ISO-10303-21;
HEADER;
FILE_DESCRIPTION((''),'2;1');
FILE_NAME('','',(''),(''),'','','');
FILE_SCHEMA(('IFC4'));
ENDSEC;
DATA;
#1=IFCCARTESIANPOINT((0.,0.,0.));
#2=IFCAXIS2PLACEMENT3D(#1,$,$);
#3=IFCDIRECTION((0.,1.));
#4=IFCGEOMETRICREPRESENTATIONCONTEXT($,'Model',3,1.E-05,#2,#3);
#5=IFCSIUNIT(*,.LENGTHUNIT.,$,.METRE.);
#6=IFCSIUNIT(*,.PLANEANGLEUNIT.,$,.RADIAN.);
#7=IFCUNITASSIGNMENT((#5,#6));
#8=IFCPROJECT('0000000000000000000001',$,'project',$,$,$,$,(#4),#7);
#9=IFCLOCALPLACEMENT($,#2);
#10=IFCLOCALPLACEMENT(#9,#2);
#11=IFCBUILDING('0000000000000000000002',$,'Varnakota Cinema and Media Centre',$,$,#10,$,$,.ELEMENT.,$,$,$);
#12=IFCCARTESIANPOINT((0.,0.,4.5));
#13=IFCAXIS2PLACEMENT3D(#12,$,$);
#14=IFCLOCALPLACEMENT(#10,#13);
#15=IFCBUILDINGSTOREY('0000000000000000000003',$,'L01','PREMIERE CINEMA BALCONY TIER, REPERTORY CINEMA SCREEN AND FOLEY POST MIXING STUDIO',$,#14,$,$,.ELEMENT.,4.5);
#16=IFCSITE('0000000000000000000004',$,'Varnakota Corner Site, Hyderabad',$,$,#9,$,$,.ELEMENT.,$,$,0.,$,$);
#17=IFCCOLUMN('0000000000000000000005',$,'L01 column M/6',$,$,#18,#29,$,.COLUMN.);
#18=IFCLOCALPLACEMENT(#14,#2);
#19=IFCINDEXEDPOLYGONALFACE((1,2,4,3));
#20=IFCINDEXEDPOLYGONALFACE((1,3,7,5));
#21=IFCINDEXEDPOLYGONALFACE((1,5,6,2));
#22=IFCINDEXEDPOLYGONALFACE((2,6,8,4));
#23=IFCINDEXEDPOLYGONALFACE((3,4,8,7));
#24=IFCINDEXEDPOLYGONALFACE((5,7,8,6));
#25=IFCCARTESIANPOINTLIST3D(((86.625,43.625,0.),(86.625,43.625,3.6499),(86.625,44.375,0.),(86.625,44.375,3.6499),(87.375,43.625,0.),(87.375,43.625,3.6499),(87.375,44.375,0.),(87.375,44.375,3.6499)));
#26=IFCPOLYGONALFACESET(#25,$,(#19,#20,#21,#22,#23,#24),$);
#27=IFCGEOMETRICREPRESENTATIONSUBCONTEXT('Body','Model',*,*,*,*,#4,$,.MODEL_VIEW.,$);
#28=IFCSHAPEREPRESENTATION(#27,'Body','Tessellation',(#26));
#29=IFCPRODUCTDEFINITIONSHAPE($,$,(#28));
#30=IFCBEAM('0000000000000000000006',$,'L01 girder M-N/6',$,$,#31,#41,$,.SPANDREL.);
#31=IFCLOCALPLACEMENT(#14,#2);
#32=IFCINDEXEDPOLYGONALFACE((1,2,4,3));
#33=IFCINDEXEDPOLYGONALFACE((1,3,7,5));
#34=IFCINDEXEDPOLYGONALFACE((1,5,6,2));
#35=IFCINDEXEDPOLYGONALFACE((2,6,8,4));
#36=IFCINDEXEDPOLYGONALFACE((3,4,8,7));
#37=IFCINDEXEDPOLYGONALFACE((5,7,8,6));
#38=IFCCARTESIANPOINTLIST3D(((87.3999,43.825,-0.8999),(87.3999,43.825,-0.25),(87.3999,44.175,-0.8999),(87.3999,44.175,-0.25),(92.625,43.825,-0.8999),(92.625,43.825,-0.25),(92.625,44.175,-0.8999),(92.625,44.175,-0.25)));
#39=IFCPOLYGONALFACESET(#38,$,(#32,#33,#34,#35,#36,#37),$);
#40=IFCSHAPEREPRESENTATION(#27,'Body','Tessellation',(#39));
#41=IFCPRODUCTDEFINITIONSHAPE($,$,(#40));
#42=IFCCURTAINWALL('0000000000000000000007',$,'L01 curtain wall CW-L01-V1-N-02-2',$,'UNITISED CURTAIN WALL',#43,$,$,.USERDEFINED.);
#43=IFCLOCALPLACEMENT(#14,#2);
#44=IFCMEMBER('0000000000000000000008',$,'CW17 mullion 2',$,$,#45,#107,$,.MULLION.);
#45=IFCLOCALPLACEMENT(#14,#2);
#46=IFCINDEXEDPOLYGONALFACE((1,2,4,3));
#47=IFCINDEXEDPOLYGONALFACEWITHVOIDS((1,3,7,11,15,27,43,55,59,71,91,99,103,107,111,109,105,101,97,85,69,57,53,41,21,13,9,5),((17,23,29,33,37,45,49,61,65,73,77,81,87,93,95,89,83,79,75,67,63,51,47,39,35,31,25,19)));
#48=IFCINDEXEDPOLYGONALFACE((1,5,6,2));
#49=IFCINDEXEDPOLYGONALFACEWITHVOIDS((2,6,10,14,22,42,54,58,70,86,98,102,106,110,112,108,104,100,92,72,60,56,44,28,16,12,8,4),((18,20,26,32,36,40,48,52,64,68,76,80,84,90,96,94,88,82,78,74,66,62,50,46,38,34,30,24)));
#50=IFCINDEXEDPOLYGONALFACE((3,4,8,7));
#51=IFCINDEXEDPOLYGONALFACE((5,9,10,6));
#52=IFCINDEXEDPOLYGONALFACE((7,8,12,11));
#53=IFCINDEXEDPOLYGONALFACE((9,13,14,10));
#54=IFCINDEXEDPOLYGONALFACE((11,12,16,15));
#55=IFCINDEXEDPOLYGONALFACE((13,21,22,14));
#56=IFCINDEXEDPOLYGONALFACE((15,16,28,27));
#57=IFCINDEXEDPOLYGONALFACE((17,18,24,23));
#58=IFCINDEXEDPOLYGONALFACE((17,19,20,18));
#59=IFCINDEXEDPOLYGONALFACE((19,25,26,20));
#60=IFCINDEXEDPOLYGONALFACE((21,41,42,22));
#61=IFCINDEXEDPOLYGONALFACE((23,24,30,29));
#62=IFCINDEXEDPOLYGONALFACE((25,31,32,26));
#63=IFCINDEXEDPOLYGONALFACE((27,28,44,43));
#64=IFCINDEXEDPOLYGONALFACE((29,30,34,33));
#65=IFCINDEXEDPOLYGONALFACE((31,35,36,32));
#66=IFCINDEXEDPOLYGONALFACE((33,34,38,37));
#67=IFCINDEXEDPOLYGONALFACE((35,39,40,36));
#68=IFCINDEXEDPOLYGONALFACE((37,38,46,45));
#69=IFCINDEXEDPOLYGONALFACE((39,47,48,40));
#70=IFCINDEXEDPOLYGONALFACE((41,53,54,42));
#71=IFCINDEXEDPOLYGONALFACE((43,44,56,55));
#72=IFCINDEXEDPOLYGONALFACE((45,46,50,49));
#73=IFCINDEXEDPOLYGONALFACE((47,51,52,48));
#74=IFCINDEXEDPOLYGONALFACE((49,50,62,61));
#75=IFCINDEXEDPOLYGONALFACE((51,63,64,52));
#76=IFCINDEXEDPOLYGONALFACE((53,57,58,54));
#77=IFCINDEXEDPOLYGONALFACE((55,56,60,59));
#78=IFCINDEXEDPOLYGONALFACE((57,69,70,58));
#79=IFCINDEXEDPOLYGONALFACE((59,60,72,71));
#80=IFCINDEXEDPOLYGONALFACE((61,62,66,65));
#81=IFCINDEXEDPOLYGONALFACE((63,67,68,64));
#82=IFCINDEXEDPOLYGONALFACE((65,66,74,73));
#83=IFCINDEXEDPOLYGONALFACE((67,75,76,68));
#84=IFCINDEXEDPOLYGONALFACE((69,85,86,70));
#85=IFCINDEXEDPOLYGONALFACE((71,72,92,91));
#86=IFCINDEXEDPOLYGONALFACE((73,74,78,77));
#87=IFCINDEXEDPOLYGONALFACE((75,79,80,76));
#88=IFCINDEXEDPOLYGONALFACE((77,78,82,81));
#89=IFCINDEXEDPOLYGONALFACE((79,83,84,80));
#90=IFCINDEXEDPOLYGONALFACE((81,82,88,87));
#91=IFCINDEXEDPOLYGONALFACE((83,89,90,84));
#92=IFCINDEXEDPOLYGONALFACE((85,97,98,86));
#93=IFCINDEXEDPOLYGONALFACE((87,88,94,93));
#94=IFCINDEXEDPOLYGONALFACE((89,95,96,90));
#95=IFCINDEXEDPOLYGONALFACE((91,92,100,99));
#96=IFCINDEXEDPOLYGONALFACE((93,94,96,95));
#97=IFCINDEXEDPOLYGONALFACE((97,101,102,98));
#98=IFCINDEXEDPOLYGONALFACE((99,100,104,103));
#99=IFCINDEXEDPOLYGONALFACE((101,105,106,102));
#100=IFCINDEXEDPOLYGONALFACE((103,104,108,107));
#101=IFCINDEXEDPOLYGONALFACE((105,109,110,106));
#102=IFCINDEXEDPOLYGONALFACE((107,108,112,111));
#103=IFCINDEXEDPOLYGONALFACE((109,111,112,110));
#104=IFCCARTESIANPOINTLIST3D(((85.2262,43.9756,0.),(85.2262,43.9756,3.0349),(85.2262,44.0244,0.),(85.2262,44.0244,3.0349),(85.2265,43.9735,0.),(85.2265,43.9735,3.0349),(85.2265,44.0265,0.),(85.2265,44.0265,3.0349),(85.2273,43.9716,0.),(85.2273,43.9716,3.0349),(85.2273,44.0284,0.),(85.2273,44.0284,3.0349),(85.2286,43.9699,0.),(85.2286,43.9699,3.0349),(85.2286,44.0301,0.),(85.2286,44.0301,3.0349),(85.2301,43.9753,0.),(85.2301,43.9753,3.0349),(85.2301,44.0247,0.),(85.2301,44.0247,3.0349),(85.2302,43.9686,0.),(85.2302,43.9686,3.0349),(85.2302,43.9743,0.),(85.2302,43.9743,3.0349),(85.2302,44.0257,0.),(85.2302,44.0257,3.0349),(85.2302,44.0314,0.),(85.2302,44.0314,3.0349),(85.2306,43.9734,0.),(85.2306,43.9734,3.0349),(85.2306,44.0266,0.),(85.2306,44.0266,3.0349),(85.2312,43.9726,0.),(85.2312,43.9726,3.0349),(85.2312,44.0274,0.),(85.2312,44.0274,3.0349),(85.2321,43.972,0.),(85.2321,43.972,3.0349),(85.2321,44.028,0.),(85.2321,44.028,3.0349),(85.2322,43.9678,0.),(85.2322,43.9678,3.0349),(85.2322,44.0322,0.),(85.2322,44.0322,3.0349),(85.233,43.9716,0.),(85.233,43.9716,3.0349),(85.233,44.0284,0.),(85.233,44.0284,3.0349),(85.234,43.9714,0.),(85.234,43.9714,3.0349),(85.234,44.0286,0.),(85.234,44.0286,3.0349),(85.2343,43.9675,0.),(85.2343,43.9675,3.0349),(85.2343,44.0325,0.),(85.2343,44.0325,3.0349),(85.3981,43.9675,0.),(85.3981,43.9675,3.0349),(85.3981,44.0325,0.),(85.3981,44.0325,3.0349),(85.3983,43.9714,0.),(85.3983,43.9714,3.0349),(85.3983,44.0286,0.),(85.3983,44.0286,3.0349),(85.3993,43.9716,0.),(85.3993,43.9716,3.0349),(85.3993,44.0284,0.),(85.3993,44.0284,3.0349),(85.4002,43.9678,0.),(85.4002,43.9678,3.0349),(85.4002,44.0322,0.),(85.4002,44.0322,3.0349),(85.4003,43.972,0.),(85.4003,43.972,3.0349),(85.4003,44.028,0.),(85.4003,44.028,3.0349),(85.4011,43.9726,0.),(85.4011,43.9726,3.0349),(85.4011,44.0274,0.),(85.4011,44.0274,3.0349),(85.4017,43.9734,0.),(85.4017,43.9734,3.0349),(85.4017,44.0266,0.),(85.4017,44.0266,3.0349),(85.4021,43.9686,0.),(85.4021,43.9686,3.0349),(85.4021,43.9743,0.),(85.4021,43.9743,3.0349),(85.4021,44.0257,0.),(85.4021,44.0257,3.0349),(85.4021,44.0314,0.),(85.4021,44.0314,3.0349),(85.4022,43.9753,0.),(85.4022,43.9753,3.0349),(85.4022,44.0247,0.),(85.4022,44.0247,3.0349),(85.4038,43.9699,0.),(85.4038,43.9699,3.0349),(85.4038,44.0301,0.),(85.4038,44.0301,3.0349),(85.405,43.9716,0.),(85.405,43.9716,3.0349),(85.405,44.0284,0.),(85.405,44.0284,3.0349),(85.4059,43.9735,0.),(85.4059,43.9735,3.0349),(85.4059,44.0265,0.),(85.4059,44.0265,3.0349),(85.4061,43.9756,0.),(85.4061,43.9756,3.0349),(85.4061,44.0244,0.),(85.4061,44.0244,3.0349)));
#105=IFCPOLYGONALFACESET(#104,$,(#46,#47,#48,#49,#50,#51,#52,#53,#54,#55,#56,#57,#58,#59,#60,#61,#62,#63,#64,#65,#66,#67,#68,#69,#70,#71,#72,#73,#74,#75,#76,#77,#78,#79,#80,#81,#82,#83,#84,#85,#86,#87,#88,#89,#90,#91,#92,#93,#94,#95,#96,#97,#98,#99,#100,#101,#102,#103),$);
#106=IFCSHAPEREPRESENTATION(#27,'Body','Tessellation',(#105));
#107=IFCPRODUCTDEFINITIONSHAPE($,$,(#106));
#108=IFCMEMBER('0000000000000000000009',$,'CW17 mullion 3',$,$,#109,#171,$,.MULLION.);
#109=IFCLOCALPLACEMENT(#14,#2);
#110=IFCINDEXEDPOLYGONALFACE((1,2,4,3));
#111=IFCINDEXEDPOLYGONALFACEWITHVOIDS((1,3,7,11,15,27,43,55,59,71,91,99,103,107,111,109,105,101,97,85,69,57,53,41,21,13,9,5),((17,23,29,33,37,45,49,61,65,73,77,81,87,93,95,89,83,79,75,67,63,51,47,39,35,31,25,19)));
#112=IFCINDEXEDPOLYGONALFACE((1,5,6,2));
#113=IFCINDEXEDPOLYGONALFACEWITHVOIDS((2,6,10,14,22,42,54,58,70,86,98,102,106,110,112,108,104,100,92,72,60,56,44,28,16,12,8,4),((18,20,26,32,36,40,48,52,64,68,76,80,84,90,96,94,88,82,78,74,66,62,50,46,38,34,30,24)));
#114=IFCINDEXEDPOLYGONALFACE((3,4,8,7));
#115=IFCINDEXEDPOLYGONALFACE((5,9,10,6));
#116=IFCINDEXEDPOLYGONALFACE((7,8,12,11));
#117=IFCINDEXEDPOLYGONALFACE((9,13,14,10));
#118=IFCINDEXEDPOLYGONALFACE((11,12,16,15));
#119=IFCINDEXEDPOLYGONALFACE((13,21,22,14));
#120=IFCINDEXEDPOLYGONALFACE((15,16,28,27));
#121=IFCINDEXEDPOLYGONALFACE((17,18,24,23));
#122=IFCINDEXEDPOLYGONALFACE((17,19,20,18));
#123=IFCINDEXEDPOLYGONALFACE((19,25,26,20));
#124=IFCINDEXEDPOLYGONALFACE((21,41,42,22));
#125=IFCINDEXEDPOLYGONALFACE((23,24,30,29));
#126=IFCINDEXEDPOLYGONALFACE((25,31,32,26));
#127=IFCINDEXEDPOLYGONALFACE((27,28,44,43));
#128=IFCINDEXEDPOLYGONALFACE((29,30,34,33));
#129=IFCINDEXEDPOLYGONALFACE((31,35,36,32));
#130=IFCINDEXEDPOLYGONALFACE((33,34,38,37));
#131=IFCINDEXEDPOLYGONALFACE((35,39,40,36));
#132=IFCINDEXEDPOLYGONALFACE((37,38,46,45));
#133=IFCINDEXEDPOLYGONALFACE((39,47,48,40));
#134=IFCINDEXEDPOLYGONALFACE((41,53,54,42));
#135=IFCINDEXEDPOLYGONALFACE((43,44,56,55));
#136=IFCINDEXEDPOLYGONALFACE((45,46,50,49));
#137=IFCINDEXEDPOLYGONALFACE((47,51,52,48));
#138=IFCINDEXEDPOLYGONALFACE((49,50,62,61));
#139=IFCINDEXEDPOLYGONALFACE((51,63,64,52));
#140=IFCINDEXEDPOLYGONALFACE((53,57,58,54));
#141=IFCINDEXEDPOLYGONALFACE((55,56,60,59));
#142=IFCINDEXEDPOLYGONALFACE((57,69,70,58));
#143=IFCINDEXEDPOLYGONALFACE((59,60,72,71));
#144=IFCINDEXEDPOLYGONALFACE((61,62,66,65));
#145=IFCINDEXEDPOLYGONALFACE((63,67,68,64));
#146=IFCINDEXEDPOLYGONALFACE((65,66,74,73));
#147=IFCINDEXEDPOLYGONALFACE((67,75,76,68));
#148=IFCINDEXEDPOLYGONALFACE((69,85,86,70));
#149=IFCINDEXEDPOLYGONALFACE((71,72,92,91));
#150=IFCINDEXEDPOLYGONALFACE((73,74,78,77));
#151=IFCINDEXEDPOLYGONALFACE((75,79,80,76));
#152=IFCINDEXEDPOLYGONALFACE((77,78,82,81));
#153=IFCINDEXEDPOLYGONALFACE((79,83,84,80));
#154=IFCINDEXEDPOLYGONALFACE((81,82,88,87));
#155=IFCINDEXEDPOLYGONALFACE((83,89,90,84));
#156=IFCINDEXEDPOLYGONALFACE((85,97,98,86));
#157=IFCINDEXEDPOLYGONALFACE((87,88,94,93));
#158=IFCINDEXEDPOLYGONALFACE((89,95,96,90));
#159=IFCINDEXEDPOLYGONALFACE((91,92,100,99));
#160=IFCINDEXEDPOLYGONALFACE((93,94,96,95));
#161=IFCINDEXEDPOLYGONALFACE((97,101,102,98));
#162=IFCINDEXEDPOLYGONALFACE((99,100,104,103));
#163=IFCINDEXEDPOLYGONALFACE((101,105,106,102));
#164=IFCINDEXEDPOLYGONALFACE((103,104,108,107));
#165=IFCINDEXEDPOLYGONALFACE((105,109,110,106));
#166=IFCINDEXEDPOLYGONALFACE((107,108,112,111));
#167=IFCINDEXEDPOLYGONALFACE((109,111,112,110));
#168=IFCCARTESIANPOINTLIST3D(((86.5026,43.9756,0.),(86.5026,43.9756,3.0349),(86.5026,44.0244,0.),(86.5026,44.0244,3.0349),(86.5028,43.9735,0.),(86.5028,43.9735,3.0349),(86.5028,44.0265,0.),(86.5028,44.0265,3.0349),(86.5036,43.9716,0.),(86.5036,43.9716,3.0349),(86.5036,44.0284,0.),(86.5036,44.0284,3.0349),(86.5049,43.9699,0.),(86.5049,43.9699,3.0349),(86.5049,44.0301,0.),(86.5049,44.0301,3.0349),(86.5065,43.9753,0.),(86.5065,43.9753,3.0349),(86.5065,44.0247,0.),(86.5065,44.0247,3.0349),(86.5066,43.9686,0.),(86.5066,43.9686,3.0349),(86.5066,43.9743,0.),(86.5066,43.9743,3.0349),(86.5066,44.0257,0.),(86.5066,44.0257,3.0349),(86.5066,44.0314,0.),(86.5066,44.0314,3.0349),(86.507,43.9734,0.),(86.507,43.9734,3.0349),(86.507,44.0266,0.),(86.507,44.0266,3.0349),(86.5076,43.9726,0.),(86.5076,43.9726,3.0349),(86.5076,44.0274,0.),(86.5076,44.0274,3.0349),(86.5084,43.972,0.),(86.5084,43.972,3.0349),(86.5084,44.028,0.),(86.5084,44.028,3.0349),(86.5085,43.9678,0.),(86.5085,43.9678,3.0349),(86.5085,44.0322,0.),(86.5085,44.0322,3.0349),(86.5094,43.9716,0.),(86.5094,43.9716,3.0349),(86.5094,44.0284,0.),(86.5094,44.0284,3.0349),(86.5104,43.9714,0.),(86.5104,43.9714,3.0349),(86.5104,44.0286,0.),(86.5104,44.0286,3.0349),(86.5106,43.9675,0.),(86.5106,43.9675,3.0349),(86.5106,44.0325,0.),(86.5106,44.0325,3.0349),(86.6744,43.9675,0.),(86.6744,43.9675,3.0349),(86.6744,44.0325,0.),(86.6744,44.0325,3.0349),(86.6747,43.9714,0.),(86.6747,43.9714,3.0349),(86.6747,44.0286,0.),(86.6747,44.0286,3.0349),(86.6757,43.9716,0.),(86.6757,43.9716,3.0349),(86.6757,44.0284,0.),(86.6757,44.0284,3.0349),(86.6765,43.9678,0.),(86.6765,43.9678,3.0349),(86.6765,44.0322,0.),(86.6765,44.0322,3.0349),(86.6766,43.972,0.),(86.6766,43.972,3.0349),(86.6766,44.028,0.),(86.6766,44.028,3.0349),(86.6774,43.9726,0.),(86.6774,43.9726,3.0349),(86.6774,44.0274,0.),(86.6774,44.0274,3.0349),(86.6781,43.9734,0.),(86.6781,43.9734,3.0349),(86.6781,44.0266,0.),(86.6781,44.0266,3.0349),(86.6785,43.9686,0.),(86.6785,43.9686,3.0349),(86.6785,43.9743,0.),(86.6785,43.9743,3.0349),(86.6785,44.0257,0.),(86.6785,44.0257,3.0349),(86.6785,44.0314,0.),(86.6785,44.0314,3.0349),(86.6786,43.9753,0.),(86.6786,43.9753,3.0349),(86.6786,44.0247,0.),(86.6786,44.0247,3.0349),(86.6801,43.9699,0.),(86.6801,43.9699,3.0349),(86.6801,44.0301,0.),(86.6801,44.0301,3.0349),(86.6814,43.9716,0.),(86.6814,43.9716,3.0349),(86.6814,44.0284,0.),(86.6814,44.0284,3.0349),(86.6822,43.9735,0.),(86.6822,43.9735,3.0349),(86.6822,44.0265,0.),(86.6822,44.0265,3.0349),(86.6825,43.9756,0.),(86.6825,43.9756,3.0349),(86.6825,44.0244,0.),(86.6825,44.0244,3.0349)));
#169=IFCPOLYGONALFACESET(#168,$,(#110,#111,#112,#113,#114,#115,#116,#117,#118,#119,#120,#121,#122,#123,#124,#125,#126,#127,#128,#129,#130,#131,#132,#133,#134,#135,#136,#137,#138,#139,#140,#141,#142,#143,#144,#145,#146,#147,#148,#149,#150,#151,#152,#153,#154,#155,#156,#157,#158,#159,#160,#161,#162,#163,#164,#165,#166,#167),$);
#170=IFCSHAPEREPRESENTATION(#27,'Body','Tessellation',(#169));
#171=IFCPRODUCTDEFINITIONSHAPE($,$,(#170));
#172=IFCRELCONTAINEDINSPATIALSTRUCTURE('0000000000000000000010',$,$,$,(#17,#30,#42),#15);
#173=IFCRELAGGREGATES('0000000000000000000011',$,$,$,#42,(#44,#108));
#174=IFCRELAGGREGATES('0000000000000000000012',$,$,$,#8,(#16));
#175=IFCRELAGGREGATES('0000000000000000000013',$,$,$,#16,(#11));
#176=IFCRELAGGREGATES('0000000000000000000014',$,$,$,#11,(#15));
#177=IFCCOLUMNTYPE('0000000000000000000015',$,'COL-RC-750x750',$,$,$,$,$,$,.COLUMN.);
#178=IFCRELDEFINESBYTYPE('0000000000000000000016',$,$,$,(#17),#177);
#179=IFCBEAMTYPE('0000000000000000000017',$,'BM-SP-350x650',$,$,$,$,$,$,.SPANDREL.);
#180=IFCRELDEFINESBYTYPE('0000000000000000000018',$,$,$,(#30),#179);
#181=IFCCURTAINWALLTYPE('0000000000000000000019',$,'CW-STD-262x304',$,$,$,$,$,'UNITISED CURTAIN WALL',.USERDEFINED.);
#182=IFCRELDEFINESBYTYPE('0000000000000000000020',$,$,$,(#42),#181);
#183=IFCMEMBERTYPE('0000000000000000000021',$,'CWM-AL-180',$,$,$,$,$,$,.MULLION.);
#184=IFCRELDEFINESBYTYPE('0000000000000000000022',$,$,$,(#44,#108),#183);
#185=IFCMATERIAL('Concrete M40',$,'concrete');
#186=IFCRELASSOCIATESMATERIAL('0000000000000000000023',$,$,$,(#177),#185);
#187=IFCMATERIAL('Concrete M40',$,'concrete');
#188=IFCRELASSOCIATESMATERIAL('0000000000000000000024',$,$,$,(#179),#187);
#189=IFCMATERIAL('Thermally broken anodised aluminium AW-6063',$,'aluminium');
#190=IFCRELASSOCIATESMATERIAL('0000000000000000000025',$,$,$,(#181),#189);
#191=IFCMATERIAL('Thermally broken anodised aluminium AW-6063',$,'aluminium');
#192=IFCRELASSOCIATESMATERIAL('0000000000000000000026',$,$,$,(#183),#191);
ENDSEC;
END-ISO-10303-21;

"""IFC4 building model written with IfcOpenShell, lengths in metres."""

from ifc_helpers import new_model, si_unit, direction, frame, origin, origin_2d, place, context, subcontext, project, spatial, rectangle, hollow_rectangle, extrude, material, material_profile, profile_set, type_object, element, aggregate, save


model = new_model("IFC4")

# Units and contexts
model_context = context("Model", 3, precision=1e-05, world=origin(), true_north=direction((0.0, 1.0)))
body_context = subcontext(model_context, "Body", "Model", "MODEL_VIEW")
ifc_project = project(units=[si_unit("LENGTHUNIT", "METRE"), si_unit("PLANEANGLEUNIT", "RADIAN")], contexts=[model_context])

# Site, building, storey
site_placement = place(None, origin())
site = spatial("IfcSite", under=ifc_project, at=site_placement, Name="Varnakota Corner Site, Hyderabad", CompositionType="ELEMENT", RefElevation=0.0)
building_placement = place(site_placement, origin())
building = spatial("IfcBuilding", under=site, at=building_placement, Name="Varnakota Cinema and Media Centre", CompositionType="ELEMENT")
storey_placement = place(building_placement, frame((0.0, 0.0, 4.5)))
storey = spatial("IfcBuildingStorey", under=building, at=storey_placement, Name="L01", Description="PREMIERE CINEMA BALCONY TIER, REPERTORY CINEMA SCREEN AND FOLEY POST MIXING STUDIO", CompositionType="ELEMENT", Elevation=4.5)

# Column
ifc_material_1 = material(Name="Concrete M40", Category="concrete")
ifc_material_profile_1 = material_profile(ifc_material_1, rectangle(XDim=0.75, YDim=0.75, at=origin_2d()), Name="RC 750x750")
ifc_profile_set_1 = profile_set([ifc_material_profile_1], Name="Concrete M40")
column_type = type_object("IfcColumnType", Name="COL-RC-750x750", PredefinedType="COLUMN", material=ifc_profile_set_1)
column_placement = place(storey_placement, frame((87.0, 44.0, 0.0), z_axis=(0.0, 0.0, 1.0), x_axis=(1.0, 0.0, 0.0)))
element("IfcColumn", 1, at=column_placement, inside=storey, type_object=column_type, Name="L01 column M/6", PredefinedType="COLUMN", context=body_context, shape_type="SweptSolid", body=[
    extrude(rectangle(XDim=0.75, YDim=0.75, at=origin_2d()), origin(), (0.0, 0.0, 1.0), 3.6499),
])

# Beam
ifc_material_2 = material(Name="Concrete M40", Category="concrete")
ifc_material_profile_2 = material_profile(ifc_material_2, rectangle(XDim=0.3501, YDim=0.6499, at=origin_2d()), Name="RCB 350x650")
ifc_profile_set_2 = profile_set([ifc_material_profile_2], Name="Concrete M40")
beam_type = type_object("IfcBeamType", Name="BM-SP-350x650", PredefinedType="SPANDREL", material=ifc_profile_set_2)
beam_placement = place(storey_placement, frame((87.3999, 44.0, -0.575), z_axis=(1.0, 0.0, 0.0), x_axis=(0.0, 1.0, 0.0)))
element("IfcBeam", 2, at=beam_placement, inside=storey, type_object=beam_type, Name="L01 girder M-N/6", PredefinedType="SPANDREL", context=body_context, shape_type="SweptSolid", body=[
    extrude(rectangle(XDim=0.3501, YDim=0.6499, at=origin_2d()), origin(), (0.0, 0.0, 1.0), 5.2251),
])

# Curtain wall, members
ifc_material_3 = material(Name="Thermally broken anodised aluminium AW-6063", Category="aluminium")
curtain_wall_type = type_object("IfcCurtainWallType", Name="CW-STD-262x304", ElementType="UNITISED CURTAIN WALL", PredefinedType="USERDEFINED", material=ifc_material_3)
curtain_wall_1_placement = place(storey_placement, origin())
curtain_wall_1 = element("IfcCurtainWall", 3, at=curtain_wall_1_placement, inside=storey, type_object=curtain_wall_type, Name="L01 curtain wall CW-L01-V1-N-02-2", ObjectType="UNITISED CURTAIN WALL", PredefinedType="USERDEFINED")
ifc_material_4 = material(Name="Thermally broken anodised aluminium AW-6063", Category="aluminium")
ifc_material_profile_3 = material_profile(ifc_material_4, hollow_rectangle(XDim=0.0649, YDim=0.1799, WallThickness=0.0039, InnerFilletRadius=0.0039, OuterFilletRadius=0.0081, at=origin_2d()), Name="AL-MULLION 180x65x4")
ifc_profile_set_3 = profile_set([ifc_material_profile_3], Name="Thermally broken anodised aluminium AW-6063")
member_type_1 = type_object("IfcMemberType", Name="CWM-AL-180", PredefinedType="MULLION", material=ifc_profile_set_3)
member_1_placement = place(storey_placement, frame((85.3162, 44.0, 0.0), z_axis=(0.0, 0.0, 1.0), x_axis=(0.0, 1.0, 0.0)))
member_1 = element("IfcMember", 4, at=member_1_placement, type_object=member_type_1, Name="CW17 mullion 2", PredefinedType="MULLION", context=body_context, shape_type="SweptSolid", body=[
    extrude(hollow_rectangle(XDim=0.0649, YDim=0.1799, WallThickness=0.0039, InnerFilletRadius=0.0039, OuterFilletRadius=0.0081, at=origin_2d()), origin(), (0.0, 0.0, 1.0), 3.0349),
])
member_2_placement = place(storey_placement, frame((86.5925, 44.0, 0.0), z_axis=(0.0, 0.0, 1.0), x_axis=(0.0, 1.0, 0.0)))
member_2 = element("IfcMember", 5, at=member_2_placement, type_object=member_type_1, Name="CW17 mullion 3", PredefinedType="MULLION", context=body_context, shape_type="SweptSolid", body=[
    extrude(hollow_rectangle(XDim=0.0649, YDim=0.1799, WallThickness=0.0039, InnerFilletRadius=0.0039, OuterFilletRadius=0.0081, at=origin_2d()), origin(), (0.0, 0.0, 1.0), 3.0349),
])

aggregate(curtain_wall_1, [member_1, member_2])

save(model, "model.ifc")
